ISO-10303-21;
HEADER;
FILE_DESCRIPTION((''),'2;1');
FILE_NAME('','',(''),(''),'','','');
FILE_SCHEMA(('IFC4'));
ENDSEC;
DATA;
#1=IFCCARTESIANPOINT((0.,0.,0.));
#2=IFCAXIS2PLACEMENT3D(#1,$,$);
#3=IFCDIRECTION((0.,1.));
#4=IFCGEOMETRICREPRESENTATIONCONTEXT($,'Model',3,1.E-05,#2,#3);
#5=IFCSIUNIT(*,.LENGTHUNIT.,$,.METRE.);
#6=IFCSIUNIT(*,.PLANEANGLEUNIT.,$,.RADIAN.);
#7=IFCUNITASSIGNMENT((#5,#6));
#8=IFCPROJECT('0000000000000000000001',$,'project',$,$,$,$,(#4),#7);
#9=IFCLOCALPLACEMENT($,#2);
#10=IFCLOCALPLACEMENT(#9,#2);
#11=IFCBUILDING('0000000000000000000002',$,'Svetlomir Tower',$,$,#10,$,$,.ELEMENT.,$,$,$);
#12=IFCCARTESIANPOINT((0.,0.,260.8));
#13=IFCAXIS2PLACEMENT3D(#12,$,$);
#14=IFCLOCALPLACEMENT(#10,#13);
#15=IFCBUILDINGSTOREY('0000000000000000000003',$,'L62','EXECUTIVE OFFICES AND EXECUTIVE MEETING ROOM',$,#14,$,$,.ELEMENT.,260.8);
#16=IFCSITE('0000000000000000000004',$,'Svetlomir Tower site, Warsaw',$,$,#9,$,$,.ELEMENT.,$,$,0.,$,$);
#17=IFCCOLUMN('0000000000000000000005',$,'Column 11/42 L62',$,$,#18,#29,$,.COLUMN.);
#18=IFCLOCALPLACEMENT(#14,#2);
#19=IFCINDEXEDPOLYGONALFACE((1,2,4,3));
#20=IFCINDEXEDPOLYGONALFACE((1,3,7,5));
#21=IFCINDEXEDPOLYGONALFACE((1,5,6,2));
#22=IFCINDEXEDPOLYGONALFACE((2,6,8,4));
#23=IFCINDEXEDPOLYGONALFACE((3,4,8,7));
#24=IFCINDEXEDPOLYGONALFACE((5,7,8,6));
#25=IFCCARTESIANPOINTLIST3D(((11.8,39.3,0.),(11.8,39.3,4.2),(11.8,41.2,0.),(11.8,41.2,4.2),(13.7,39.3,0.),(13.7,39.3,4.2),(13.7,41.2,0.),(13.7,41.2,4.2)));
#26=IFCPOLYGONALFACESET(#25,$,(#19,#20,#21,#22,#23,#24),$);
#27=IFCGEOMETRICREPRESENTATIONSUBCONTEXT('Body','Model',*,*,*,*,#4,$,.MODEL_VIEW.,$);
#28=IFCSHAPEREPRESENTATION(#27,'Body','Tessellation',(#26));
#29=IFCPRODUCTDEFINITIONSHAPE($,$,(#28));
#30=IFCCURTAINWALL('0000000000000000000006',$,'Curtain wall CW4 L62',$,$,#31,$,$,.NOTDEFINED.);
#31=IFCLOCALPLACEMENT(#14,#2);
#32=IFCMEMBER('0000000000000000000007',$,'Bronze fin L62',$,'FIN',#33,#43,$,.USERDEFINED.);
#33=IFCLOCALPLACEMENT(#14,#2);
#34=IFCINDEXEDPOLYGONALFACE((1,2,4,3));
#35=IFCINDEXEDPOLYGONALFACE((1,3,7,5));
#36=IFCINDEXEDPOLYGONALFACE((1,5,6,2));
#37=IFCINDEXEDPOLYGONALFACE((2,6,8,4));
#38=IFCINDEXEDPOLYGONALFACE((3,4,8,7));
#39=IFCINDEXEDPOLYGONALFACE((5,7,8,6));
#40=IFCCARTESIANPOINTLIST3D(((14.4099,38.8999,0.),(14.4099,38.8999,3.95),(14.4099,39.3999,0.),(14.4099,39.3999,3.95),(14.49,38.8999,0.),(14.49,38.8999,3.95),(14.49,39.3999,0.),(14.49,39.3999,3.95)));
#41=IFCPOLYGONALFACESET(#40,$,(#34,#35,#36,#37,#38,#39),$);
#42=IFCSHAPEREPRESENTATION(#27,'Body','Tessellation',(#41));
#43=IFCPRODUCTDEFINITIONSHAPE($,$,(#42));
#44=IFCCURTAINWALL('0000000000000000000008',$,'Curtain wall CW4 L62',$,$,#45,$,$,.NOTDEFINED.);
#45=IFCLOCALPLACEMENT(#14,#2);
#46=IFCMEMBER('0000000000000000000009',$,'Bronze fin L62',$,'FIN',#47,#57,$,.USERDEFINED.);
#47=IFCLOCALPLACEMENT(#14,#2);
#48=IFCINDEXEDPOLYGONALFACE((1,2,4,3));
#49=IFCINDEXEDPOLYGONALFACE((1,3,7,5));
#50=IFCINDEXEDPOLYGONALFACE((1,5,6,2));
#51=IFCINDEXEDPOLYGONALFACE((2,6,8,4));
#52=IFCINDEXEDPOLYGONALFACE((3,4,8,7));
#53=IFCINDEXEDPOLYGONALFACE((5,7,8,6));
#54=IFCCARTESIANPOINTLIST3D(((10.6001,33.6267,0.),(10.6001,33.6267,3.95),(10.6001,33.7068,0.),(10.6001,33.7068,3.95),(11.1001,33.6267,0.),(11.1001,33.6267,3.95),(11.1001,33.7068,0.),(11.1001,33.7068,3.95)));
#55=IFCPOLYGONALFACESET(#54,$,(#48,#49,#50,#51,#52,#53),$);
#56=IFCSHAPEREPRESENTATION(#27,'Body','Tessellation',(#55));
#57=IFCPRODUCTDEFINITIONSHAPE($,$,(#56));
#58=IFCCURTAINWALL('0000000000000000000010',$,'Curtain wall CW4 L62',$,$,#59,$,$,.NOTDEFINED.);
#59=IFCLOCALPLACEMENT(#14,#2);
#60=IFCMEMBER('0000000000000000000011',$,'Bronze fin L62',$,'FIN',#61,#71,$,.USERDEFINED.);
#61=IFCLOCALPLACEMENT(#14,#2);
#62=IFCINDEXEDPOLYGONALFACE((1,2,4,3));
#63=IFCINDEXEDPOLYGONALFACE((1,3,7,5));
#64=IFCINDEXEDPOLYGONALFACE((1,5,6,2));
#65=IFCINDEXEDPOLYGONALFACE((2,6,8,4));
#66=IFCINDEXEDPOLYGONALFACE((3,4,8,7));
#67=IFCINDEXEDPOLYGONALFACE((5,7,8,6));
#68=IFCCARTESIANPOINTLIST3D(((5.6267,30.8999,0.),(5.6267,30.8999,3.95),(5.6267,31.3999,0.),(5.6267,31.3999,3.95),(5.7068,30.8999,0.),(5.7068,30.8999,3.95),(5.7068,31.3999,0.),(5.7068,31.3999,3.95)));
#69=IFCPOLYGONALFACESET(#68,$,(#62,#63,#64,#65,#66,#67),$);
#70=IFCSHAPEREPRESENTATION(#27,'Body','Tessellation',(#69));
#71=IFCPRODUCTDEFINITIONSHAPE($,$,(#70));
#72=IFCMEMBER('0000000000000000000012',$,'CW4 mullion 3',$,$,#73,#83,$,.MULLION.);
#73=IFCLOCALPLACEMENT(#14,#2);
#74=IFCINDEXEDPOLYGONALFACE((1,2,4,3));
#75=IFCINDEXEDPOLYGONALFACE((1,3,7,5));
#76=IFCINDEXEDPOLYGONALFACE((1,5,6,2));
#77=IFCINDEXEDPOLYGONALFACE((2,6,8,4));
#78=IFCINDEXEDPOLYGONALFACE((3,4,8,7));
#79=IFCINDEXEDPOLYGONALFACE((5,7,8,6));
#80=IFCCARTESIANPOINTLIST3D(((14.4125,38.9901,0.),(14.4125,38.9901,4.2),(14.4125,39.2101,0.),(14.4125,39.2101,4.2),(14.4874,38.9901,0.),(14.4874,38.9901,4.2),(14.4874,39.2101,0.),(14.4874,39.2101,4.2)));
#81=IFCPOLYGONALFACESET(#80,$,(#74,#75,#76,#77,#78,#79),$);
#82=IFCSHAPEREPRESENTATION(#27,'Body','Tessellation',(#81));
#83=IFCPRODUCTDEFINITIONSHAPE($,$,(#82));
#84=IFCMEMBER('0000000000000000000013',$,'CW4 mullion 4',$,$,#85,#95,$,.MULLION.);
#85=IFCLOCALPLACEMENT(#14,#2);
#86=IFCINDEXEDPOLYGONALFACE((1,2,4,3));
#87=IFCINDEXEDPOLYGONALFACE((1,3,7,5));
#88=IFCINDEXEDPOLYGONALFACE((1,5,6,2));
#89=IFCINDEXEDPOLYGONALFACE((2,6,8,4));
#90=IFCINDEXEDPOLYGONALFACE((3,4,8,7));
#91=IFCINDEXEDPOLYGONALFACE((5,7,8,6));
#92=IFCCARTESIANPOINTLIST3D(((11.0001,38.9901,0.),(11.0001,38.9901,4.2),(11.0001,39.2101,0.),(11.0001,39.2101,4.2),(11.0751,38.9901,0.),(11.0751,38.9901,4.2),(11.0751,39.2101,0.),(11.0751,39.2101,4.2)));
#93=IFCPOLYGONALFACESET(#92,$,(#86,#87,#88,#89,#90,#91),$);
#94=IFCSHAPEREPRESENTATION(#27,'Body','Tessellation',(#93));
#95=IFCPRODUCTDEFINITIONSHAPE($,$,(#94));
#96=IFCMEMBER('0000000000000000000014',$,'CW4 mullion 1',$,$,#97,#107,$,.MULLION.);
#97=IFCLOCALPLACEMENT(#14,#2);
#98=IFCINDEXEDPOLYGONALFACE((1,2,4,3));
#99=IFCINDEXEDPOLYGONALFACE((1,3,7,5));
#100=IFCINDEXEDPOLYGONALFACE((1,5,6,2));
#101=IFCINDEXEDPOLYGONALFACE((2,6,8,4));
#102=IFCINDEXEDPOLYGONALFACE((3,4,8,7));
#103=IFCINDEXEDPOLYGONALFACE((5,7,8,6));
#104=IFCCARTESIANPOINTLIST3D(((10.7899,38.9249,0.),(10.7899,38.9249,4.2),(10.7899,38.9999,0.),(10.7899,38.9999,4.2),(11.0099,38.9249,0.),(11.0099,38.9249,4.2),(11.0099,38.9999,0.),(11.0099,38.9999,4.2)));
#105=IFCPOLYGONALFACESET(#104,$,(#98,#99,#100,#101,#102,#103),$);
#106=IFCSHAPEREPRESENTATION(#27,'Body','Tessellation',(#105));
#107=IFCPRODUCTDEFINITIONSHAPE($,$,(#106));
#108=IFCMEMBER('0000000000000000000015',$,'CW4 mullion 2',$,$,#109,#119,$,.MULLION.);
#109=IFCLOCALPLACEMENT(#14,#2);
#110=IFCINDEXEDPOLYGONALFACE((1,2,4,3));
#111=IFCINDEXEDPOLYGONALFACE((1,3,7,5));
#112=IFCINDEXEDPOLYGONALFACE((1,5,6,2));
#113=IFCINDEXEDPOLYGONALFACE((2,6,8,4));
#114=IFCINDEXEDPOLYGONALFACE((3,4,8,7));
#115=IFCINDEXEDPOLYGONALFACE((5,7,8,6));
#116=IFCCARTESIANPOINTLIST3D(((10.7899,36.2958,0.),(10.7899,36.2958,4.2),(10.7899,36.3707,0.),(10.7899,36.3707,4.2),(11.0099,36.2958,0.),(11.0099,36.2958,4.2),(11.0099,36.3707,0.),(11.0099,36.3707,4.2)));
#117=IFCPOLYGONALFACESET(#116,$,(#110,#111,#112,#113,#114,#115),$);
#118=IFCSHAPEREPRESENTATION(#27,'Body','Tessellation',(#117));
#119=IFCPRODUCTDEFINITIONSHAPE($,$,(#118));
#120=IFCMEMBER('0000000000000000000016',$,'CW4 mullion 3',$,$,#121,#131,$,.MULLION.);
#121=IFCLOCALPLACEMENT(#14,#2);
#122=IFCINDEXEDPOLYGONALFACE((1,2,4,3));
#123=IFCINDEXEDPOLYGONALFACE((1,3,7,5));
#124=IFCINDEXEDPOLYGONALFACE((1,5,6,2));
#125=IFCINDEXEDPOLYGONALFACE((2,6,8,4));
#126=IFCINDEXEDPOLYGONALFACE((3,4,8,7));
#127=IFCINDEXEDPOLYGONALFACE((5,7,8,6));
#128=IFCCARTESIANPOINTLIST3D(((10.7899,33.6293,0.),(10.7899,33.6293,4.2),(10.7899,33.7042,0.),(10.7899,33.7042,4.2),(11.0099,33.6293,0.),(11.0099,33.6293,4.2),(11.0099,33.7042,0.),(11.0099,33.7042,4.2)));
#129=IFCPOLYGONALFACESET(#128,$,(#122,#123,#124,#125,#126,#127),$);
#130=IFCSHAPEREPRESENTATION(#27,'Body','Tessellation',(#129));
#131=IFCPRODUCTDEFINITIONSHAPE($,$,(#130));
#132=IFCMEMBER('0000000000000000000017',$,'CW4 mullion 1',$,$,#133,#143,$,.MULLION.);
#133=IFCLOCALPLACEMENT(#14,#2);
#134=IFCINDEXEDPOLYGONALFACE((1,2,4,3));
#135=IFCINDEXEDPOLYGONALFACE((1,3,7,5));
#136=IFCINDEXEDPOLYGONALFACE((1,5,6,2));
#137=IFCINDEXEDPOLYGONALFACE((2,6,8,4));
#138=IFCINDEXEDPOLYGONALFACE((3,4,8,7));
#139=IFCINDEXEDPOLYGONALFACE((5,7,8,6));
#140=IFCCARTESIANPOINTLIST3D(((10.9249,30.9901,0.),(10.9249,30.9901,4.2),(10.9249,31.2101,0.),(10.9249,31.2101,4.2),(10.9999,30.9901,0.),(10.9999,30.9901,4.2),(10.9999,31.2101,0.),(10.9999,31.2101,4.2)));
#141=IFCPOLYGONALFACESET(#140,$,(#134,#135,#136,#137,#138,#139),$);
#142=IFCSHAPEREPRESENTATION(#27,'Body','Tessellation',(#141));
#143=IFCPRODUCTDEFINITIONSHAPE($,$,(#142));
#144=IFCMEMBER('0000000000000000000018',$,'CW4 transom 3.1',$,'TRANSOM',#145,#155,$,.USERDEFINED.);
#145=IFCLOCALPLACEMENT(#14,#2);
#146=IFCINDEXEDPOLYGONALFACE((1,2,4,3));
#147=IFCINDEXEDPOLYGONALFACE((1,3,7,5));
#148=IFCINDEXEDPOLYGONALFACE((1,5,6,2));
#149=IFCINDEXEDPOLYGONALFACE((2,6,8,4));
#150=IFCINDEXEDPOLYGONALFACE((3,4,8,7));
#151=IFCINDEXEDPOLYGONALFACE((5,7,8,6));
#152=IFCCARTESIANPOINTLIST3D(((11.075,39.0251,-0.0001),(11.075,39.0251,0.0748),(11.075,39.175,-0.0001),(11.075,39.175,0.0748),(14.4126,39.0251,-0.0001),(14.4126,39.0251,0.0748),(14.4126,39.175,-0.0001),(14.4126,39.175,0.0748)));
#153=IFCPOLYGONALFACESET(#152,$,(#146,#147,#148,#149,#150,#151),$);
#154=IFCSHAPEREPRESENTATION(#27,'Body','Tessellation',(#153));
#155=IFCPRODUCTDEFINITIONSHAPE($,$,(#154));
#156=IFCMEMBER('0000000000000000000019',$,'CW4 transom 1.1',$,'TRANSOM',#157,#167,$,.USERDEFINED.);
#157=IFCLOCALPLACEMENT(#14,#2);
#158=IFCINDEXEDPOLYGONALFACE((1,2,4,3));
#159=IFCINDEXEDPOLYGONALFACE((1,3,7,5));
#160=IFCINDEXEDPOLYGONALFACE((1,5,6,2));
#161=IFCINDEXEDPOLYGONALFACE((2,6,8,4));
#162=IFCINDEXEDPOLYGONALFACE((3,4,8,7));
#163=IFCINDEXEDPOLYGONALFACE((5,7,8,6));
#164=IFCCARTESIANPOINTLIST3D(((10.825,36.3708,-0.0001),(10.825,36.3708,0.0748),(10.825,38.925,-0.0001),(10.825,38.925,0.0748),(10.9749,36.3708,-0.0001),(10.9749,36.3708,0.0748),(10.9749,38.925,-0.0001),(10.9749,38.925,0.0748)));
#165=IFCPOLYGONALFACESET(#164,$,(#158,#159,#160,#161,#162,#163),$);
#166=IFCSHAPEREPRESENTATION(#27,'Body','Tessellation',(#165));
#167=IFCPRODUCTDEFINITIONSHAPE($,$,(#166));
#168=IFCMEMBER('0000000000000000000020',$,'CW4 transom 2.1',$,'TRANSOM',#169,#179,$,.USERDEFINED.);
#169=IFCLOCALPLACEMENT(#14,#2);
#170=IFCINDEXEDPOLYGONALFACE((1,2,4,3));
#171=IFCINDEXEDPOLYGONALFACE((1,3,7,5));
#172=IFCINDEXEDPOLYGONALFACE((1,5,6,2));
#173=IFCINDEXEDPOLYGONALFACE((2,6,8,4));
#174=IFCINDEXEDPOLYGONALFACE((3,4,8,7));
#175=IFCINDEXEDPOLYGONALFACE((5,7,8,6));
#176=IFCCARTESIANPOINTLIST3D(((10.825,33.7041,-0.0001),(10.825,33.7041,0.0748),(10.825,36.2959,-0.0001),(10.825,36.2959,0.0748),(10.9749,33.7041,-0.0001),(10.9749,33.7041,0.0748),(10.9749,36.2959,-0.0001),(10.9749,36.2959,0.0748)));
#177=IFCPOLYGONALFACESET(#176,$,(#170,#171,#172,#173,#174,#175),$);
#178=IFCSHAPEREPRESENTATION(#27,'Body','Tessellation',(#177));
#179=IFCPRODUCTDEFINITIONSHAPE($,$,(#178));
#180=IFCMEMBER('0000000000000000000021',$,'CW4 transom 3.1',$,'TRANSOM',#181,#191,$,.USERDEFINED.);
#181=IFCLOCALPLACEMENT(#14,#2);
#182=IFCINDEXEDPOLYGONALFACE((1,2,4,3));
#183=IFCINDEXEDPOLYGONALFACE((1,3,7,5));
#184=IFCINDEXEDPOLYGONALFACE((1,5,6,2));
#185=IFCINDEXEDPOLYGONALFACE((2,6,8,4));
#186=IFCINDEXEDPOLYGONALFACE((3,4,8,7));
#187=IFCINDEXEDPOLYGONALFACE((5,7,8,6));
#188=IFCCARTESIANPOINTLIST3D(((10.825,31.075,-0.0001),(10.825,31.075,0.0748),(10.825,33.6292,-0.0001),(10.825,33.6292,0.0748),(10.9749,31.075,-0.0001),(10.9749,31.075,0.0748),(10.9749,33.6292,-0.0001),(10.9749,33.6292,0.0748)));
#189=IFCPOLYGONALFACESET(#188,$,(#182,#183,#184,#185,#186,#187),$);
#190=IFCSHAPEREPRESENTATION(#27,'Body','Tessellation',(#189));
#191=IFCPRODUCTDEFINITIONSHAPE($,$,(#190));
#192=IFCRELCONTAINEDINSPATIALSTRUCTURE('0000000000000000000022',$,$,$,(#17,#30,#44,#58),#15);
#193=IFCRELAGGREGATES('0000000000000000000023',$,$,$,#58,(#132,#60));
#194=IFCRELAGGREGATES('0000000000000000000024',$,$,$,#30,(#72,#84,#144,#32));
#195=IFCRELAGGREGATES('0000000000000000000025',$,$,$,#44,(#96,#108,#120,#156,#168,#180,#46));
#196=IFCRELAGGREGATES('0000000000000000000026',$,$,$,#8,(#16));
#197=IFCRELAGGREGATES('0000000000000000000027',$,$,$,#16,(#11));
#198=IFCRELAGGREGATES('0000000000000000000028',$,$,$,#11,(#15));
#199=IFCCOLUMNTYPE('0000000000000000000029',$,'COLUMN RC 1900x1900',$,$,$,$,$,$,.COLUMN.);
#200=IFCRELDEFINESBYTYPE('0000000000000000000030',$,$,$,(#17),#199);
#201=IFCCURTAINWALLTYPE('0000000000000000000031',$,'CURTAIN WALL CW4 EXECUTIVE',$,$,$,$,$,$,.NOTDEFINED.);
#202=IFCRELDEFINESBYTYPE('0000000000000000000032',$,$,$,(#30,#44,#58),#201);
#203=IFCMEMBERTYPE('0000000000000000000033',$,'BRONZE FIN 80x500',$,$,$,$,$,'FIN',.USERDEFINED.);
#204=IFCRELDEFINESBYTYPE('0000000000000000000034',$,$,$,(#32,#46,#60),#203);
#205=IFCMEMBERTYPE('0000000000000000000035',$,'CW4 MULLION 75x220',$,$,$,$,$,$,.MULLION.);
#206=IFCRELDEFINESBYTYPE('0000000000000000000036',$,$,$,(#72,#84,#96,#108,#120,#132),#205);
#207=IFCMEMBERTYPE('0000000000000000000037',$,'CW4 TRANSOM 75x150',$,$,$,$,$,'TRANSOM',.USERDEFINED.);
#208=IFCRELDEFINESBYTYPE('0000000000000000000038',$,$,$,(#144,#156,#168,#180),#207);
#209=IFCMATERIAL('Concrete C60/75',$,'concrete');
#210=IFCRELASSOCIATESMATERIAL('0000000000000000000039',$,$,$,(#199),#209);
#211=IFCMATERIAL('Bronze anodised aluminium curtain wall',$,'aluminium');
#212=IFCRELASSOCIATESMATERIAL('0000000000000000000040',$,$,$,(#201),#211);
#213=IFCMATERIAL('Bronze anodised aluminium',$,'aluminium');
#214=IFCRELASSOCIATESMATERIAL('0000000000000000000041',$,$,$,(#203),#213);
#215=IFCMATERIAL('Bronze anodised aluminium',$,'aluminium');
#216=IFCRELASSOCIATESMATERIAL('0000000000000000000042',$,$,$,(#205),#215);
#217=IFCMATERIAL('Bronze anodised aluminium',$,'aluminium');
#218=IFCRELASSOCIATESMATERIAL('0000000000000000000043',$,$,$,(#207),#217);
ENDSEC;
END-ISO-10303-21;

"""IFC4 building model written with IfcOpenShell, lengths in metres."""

from ifc_helpers import new_model, si_unit, direction, frame, origin, origin_2d, place, context, subcontext, project, spatial, rectangle, extrude, material, material_profile, profile_set, type_object, element, aggregate, save


model = new_model("IFC4")

# Units and contexts
model_context = context("Model", 3, precision=1e-05, world=origin(), true_north=direction((0.0, 1.0)))
body_context = subcontext(model_context, "Body", "Model", "MODEL_VIEW")
ifc_project = project(units=[si_unit("LENGTHUNIT", "METRE"), si_unit("PLANEANGLEUNIT", "RADIAN")], contexts=[model_context])

# Site, building, storey
site_placement = place(None, origin())
site = spatial("IfcSite", under=ifc_project, at=site_placement, Name="Svetlomir Tower site, Warsaw", CompositionType="ELEMENT", RefElevation=0.0)
building_placement = place(site_placement, origin())
building = spatial("IfcBuilding", under=site, at=building_placement, Name="Svetlomir Tower", CompositionType="ELEMENT")
storey_placement = place(building_placement, frame((0.0, 0.0, 260.8)))
storey = spatial("IfcBuildingStorey", under=building, at=storey_placement, Name="L62", Description="EXECUTIVE OFFICES AND EXECUTIVE MEETING ROOM", CompositionType="ELEMENT", Elevation=260.8)

# Column
ifc_material_1 = material(Name="Concrete C60/75", Category="concrete")
ifc_material_profile_1 = material_profile(ifc_material_1, rectangle(XDim=1.8999, YDim=1.8999, at=origin_2d()), Name="RC 1900x1900")
ifc_profile_set_1 = profile_set([ifc_material_profile_1], Name="Concrete C60/75")
column_type = type_object("IfcColumnType", Name="COLUMN RC 1900x1900", PredefinedType="COLUMN", material=ifc_profile_set_1)
column_placement = place(storey_placement, frame((12.75, 40.25, 0.0), z_axis=(0.0, 0.0, 1.0), x_axis=(1.0, 0.0, 0.0)))
element("IfcColumn", 1, at=column_placement, inside=storey, type_object=column_type, Name="Column 11/42 L62", PredefinedType="COLUMN", context=body_context, shape_type="SweptSolid", body=[
    extrude(rectangle(XDim=1.8999, YDim=1.8999, at=origin_2d()), origin(), (0.0, 0.0, 1.0), 4.2),
])

# Curtain walls, members
ifc_material_2 = material(Name="Bronze anodised aluminium curtain wall", Category="aluminium")
curtain_wall_type = type_object("IfcCurtainWallType", Name="CURTAIN WALL CW4 EXECUTIVE", PredefinedType="NOTDEFINED", material=ifc_material_2)
curtain_wall_1_placement = place(storey_placement, origin())
curtain_wall_1 = element("IfcCurtainWall", 2, at=curtain_wall_1_placement, inside=storey, type_object=curtain_wall_type, Name="Curtain wall CW4 L62", PredefinedType="NOTDEFINED")
ifc_material_3 = material(Name="Bronze anodised aluminium", Category="aluminium")
ifc_material_profile_2 = material_profile(ifc_material_3, rectangle(XDim=0.0801, YDim=0.5, at=origin_2d()), Name="FIN 80x500")
ifc_profile_set_2 = profile_set([ifc_material_profile_2], Name="Bronze anodised aluminium 6063-T6")
member_type_1 = type_object("IfcMemberType", Name="BRONZE FIN 80x500", ElementType="FIN", PredefinedType="USERDEFINED", material=ifc_profile_set_2)
member_1_placement = place(storey_placement, frame((14.45, 39.1499, 0.0), z_axis=(0.0, 0.0, 1.0), x_axis=(1.0, 0.0, 0.0)))
member_1 = element("IfcMember", 3, at=member_1_placement, type_object=member_type_1, Name="Bronze fin L62", ObjectType="FIN", PredefinedType="USERDEFINED", context=body_context, shape_type="SweptSolid", body=[
    extrude(rectangle(XDim=0.0801, YDim=0.5, at=origin_2d()), origin(), (0.0, 0.0, 1.0), 3.95),
])
curtain_wall_2_placement = place(storey_placement, origin())
curtain_wall_2 = element("IfcCurtainWall", 4, at=curtain_wall_2_placement, inside=storey, type_object=curtain_wall_type, Name="Curtain wall CW4 L62", PredefinedType="NOTDEFINED")
member_2_placement = place(storey_placement, frame((10.8501, 33.6667, 0.0), z_axis=(0.0, 0.0, 1.0), x_axis=(0.0, 1.0, 0.0)))
member_2 = element("IfcMember", 5, at=member_2_placement, type_object=member_type_1, Name="Bronze fin L62", ObjectType="FIN", PredefinedType="USERDEFINED", context=body_context, shape_type="SweptSolid", body=[
    extrude(rectangle(XDim=0.0801, YDim=0.5, at=origin_2d()), origin(), (0.0, 0.0, 1.0), 3.95),
])
curtain_wall_3_placement = place(storey_placement, origin())
curtain_wall_3 = element("IfcCurtainWall", 6, at=curtain_wall_3_placement, inside=storey, type_object=curtain_wall_type, Name="Curtain wall CW4 L62", PredefinedType="NOTDEFINED")
member_3_placement = place(storey_placement, frame((5.6667, 31.1499, 0.0), z_axis=(0.0, 0.0, 1.0), x_axis=(1.0, 0.0, 0.0)))
member_3 = element("IfcMember", 7, at=member_3_placement, type_object=member_type_1, Name="Bronze fin L62", ObjectType="FIN", PredefinedType="USERDEFINED", context=body_context, shape_type="SweptSolid", body=[
    extrude(rectangle(XDim=0.0801, YDim=0.5, at=origin_2d()), origin(), (0.0, 0.0, 1.0), 3.95),
])

# Members
ifc_material_4 = material(Name="Bronze anodised aluminium", Category="aluminium")
ifc_material_profile_3 = material_profile(ifc_material_4, rectangle(XDim=0.075, YDim=0.22, at=origin_2d()), Name="AL 75x220")
ifc_profile_set_3 = profile_set([ifc_material_profile_3], Name="Bronze anodised aluminium 6063-T6")
member_type_2 = type_object("IfcMemberType", Name="CW4 MULLION 75x220", PredefinedType="MULLION", material=ifc_profile_set_3)
member_4_placement = place(storey_placement, frame((14.45, 39.1001, 0.0), z_axis=(0.0, 0.0, 1.0), x_axis=(-1.0, 0.0, 0.0)))
member_4 = element("IfcMember", 8, at=member_4_placement, type_object=member_type_2, Name="CW4 mullion 3", PredefinedType="MULLION", context=body_context, shape_type="SweptSolid", body=[
    extrude(rectangle(XDim=0.075, YDim=0.22, at=origin_2d()), origin(), (0.0, 0.0, 1.0), 4.2),
])
member_5_placement = place(storey_placement, frame((11.0376, 39.1001, 0.0), z_axis=(0.0, 0.0, 1.0), x_axis=(-1.0, 0.0, 0.0)))
member_5 = element("IfcMember", 9, at=member_5_placement, type_object=member_type_2, Name="CW4 mullion 4", PredefinedType="MULLION", context=body_context, shape_type="SweptSolid", body=[
    extrude(rectangle(XDim=0.075, YDim=0.22, at=origin_2d()), origin(), (0.0, 0.0, 1.0), 4.2),
])
member_6_placement = place(storey_placement, frame((10.8999, 38.9624, 0.0), z_axis=(0.0, 0.0, 1.0), x_axis=(0.0, -1.0, 0.0)))
member_6 = element("IfcMember", 10, at=member_6_placement, type_object=member_type_2, Name="CW4 mullion 1", PredefinedType="MULLION", context=body_context, shape_type="SweptSolid", body=[
    extrude(rectangle(XDim=0.075, YDim=0.22, at=origin_2d()), origin(), (0.0, 0.0, 1.0), 4.2),
])
member_7_placement = place(storey_placement, frame((10.8999, 36.3333, 0.0), z_axis=(0.0, 0.0, 1.0), x_axis=(0.0, -1.0, 0.0)))
member_7 = element("IfcMember", 11, at=member_7_placement, type_object=member_type_2, Name="CW4 mullion 2", PredefinedType="MULLION", context=body_context, shape_type="SweptSolid", body=[
    extrude(rectangle(XDim=0.075, YDim=0.22, at=origin_2d()), origin(), (0.0, 0.0, 1.0), 4.2),
])
member_8_placement = place(storey_placement, frame((10.8999, 33.6667, 0.0), z_axis=(0.0, 0.0, 1.0), x_axis=(0.0, -1.0, 0.0)))
member_8 = element("IfcMember", 12, at=member_8_placement, type_object=member_type_2, Name="CW4 mullion 3", PredefinedType="MULLION", context=body_context, shape_type="SweptSolid", body=[
    extrude(rectangle(XDim=0.075, YDim=0.22, at=origin_2d()), origin(), (0.0, 0.0, 1.0), 4.2),
])
member_9_placement = place(storey_placement, frame((10.9624, 31.1001, 0.0), z_axis=(0.0, 0.0, 1.0), x_axis=(-1.0, 0.0, 0.0)))
member_9 = element("IfcMember", 13, at=member_9_placement, type_object=member_type_2, Name="CW4 mullion 1", PredefinedType="MULLION", context=body_context, shape_type="SweptSolid", body=[
    extrude(rectangle(XDim=0.075, YDim=0.22, at=origin_2d()), origin(), (0.0, 0.0, 1.0), 4.2),
])
aggregate(curtain_wall_3, [member_9, member_3])
ifc_material_5 = material(Name="Bronze anodised aluminium", Category="aluminium")
ifc_material_profile_4 = material_profile(ifc_material_5, rectangle(XDim=0.1499, YDim=0.075, at=origin_2d()), Name="AL 150x75")
ifc_profile_set_4 = profile_set([ifc_material_profile_4], Name="Bronze anodised aluminium 6063-T6")
member_type_3 = type_object("IfcMemberType", Name="CW4 TRANSOM 75x150", ElementType="TRANSOM", PredefinedType="USERDEFINED", material=ifc_profile_set_4)
member_10_placement = place(storey_placement, frame((14.4126, 39.1001, 0.0374), z_axis=(-1.0, 0.0, 0.0), x_axis=(0.0, -1.0, 0.0)))
member_10 = element("IfcMember", 14, at=member_10_placement, type_object=member_type_3, Name="CW4 transom 3.1", ObjectType="TRANSOM", PredefinedType="USERDEFINED", context=body_context, shape_type="SweptSolid", body=[
    extrude(rectangle(XDim=0.1499, YDim=0.075, at=origin_2d()), origin(), (0.0, 0.0, 1.0), 3.3376),
])
member_11_placement = place(storey_placement, frame((10.8999, 38.925, 0.0374), z_axis=(0.0, -1.0, 0.0), x_axis=(1.0, 0.0, 0.0)))
member_11 = element("IfcMember", 15, at=member_11_placement, type_object=member_type_3, Name="CW4 transom 1.1", ObjectType="TRANSOM", PredefinedType="USERDEFINED", context=body_context, shape_type="SweptSolid", body=[
    extrude(rectangle(XDim=0.1499, YDim=0.075, at=origin_2d()), origin(), (0.0, 0.0, 1.0), 2.5542),
])
member_12_placement = place(storey_placement, frame((10.8999, 36.2959, 0.0374), z_axis=(0.0, -1.0, 0.0), x_axis=(1.0, 0.0, 0.0)))
member_12 = element("IfcMember", 16, at=member_12_placement, type_object=member_type_3, Name="CW4 transom 2.1", ObjectType="TRANSOM", PredefinedType="USERDEFINED", context=body_context, shape_type="SweptSolid", body=[
    extrude(rectangle(XDim=0.1499, YDim=0.075, at=origin_2d()), origin(), (0.0, 0.0, 1.0), 2.5918),
])
member_13_placement = place(storey_placement, frame((10.8999, 33.6292, 0.0374), z_axis=(0.0, -1.0, 0.0), x_axis=(1.0, 0.0, 0.0)))
member_13 = element("IfcMember", 17, at=member_13_placement, type_object=member_type_3, Name="CW4 transom 3.1", ObjectType="TRANSOM", PredefinedType="USERDEFINED", context=body_context, shape_type="SweptSolid", body=[
    extrude(rectangle(XDim=0.1499, YDim=0.075, at=origin_2d()), origin(), (0.0, 0.0, 1.0), 2.5542),
])

aggregate(curtain_wall_1, [member_4, member_5, member_10, member_1])
aggregate(curtain_wall_2, [member_6, member_7, member_8, member_11, member_12, member_13, member_2])

save(model, "model.ifc")
